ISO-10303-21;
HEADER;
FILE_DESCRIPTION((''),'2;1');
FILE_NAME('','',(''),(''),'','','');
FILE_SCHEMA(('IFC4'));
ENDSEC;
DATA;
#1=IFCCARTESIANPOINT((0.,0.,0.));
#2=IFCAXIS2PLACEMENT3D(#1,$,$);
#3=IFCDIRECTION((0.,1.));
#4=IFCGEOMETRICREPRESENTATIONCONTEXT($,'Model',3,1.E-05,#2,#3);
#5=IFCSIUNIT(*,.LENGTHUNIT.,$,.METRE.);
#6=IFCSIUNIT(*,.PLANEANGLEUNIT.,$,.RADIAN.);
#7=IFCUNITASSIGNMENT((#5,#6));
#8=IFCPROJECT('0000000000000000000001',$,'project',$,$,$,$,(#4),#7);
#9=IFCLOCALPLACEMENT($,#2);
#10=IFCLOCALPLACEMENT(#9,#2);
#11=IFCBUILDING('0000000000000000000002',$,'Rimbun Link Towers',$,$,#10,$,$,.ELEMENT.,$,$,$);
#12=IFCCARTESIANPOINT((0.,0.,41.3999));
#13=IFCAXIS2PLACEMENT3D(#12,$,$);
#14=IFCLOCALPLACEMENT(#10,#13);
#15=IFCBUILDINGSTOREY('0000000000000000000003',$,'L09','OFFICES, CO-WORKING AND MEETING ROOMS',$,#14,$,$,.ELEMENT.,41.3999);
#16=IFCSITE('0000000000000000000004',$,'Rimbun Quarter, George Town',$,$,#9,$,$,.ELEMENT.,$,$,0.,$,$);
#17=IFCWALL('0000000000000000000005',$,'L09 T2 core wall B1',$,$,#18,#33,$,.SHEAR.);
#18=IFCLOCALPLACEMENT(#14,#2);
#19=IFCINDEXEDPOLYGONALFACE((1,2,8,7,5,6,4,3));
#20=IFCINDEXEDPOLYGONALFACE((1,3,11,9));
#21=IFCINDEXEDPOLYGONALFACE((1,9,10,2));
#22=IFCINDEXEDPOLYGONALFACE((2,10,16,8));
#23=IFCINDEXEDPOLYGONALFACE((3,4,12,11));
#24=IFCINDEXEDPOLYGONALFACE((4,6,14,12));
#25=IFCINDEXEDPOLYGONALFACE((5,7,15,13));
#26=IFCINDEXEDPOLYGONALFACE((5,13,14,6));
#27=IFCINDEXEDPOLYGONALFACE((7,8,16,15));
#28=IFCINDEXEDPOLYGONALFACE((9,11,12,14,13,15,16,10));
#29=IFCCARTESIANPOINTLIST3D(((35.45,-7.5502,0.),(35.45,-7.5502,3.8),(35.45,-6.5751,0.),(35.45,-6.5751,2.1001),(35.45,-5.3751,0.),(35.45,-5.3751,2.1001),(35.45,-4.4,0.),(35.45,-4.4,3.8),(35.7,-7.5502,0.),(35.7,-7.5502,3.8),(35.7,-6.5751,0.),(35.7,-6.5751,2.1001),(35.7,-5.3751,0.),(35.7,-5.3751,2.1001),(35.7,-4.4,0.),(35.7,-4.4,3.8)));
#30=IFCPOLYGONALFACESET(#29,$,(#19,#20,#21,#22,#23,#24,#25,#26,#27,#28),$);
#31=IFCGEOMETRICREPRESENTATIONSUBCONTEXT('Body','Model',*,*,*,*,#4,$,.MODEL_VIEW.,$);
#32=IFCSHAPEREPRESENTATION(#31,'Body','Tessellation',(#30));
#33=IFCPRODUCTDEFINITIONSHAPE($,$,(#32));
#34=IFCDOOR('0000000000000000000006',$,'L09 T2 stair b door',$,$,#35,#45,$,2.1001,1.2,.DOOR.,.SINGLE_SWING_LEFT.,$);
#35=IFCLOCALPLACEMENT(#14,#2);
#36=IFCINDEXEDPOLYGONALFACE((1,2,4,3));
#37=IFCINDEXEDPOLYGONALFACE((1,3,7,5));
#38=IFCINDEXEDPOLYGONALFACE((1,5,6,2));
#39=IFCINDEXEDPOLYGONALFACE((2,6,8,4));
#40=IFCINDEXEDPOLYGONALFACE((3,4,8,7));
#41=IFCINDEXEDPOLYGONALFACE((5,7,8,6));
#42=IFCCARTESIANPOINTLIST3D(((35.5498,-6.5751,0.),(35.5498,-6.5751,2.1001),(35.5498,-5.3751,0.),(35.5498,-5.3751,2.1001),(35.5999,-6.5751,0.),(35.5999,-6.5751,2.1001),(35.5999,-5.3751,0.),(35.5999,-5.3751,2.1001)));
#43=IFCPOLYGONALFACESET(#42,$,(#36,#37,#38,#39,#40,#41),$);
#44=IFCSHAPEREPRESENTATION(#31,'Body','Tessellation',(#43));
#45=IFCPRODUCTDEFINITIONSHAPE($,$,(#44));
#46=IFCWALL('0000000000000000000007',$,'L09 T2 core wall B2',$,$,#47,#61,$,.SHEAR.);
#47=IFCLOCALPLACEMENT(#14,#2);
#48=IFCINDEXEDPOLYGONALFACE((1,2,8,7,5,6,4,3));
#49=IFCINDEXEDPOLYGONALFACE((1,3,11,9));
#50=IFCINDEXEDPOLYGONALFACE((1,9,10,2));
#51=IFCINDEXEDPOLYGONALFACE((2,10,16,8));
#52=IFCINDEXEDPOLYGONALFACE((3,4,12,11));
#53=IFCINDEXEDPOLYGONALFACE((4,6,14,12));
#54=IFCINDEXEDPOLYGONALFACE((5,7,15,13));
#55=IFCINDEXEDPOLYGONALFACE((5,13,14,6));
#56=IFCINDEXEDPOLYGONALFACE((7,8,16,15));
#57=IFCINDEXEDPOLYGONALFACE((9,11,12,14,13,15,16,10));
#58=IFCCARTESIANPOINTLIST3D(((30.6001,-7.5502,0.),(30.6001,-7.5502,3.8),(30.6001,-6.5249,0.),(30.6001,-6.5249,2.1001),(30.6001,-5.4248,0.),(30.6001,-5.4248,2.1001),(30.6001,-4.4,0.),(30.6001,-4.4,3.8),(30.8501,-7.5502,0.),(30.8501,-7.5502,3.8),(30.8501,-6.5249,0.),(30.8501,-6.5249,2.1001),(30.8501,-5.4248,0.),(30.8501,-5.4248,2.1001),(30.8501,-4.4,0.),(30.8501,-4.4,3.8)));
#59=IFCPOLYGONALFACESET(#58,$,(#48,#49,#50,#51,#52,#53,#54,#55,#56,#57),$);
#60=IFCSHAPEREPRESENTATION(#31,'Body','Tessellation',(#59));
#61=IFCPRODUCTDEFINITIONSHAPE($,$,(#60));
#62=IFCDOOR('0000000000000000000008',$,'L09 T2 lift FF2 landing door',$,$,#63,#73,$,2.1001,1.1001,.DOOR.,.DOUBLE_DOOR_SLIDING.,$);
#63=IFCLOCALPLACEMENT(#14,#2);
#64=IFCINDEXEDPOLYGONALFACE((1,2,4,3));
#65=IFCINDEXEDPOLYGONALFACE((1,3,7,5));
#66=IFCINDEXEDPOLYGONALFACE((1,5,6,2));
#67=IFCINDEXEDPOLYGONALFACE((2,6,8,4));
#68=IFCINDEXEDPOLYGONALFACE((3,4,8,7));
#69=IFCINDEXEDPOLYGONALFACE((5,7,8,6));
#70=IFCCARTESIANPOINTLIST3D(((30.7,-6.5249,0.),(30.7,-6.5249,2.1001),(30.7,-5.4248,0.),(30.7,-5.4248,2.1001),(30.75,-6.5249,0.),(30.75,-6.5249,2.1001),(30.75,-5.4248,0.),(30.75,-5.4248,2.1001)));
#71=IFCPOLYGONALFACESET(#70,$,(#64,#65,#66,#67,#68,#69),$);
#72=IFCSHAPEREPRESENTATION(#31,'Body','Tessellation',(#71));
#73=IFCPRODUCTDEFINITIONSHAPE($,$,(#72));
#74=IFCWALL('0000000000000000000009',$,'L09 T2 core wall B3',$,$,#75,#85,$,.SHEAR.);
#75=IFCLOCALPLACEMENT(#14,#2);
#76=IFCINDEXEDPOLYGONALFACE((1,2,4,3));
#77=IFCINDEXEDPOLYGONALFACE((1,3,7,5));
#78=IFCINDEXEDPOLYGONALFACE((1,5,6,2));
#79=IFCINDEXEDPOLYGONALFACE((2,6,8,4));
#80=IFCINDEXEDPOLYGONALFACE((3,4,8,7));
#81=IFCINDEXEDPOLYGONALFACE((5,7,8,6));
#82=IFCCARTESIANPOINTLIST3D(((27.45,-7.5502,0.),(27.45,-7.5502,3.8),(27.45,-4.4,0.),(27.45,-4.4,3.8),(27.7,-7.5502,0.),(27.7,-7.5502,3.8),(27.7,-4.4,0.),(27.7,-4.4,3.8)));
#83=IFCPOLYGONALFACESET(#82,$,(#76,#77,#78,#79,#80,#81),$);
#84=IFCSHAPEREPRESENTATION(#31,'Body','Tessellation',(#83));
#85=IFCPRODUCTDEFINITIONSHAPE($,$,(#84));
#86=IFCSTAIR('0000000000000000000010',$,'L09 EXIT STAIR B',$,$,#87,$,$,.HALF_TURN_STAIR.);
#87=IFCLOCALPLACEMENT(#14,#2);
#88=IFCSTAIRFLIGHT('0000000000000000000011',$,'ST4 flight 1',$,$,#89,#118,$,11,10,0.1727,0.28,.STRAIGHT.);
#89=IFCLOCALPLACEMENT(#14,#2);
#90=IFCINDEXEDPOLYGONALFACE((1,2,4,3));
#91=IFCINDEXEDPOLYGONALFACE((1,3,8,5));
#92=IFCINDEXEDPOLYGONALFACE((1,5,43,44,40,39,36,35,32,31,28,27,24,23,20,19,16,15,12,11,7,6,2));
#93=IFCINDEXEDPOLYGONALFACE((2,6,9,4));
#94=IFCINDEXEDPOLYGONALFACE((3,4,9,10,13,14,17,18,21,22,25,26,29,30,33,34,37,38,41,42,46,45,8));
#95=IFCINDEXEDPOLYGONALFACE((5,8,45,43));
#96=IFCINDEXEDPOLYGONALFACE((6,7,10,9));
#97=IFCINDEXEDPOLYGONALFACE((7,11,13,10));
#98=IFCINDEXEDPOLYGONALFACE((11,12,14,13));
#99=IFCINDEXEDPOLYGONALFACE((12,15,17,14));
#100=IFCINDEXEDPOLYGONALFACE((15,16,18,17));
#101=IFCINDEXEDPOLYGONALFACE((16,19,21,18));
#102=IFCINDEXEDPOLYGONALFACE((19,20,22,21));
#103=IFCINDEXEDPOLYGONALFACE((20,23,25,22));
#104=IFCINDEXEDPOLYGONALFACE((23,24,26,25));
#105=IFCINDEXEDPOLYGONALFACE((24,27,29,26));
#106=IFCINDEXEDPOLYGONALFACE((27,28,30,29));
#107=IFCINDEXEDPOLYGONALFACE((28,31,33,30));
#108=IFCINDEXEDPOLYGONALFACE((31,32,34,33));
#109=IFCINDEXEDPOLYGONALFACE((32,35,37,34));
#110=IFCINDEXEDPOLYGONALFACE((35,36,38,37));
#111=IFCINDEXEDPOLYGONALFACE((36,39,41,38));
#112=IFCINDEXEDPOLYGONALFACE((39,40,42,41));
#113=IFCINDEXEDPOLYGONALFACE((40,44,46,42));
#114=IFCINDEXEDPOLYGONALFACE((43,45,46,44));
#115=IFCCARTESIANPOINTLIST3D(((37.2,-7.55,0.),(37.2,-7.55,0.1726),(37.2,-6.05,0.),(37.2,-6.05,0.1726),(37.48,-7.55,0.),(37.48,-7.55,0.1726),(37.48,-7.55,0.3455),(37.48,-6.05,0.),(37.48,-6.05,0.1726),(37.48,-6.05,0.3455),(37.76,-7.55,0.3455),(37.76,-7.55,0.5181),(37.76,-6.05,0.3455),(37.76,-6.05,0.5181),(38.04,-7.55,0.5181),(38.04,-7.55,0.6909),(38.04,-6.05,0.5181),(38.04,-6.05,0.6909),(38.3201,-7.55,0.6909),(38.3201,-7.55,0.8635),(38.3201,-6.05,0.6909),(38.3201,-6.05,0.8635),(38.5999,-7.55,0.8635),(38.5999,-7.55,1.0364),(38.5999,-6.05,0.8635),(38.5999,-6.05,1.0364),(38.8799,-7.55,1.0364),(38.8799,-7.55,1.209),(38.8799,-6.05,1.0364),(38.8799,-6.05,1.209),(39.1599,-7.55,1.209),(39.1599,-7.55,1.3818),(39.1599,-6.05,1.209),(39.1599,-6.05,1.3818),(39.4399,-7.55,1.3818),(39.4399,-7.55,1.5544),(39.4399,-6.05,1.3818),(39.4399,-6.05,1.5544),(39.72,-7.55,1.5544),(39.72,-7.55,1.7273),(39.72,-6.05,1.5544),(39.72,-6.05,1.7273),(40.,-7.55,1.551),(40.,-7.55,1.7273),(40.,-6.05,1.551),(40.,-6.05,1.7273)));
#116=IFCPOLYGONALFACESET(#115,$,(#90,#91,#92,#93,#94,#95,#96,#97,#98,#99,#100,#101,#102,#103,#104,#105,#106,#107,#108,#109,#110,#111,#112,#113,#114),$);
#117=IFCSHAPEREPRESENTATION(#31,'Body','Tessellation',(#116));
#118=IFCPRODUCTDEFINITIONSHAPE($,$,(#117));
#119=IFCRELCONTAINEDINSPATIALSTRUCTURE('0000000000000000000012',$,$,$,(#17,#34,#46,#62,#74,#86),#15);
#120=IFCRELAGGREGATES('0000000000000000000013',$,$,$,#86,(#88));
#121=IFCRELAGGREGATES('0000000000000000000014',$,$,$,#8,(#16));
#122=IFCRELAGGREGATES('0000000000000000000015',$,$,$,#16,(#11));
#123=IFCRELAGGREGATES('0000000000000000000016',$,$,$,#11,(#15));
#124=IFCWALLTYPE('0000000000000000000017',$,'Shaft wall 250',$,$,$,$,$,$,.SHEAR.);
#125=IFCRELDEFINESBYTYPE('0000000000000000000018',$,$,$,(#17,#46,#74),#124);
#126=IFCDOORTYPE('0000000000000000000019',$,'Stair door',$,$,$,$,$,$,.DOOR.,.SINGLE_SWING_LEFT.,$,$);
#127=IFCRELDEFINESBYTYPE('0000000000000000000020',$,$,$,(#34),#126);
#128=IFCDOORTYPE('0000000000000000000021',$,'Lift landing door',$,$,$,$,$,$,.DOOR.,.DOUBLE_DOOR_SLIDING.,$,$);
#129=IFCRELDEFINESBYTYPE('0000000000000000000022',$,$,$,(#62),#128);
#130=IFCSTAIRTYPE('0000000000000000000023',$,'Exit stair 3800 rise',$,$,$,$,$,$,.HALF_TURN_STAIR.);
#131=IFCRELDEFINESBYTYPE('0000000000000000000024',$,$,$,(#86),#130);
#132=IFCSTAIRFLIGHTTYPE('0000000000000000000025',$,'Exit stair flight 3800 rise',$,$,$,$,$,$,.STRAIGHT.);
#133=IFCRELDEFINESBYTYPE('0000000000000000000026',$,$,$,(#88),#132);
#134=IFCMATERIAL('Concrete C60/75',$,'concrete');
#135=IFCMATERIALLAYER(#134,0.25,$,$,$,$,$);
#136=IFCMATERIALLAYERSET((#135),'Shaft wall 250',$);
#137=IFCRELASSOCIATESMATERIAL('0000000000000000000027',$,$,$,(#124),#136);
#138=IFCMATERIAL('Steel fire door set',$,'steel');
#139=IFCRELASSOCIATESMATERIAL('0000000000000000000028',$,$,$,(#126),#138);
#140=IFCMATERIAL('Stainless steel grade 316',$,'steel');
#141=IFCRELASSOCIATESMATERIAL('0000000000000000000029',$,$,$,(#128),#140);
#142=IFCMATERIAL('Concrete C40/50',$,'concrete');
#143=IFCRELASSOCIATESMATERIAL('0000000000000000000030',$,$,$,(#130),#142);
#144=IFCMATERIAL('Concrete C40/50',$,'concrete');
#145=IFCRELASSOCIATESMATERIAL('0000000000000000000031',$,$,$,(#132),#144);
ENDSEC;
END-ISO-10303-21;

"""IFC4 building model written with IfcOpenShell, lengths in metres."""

from ifc_helpers import new_model, si_unit, direction, frame, frame_2d, origin, place, context, subcontext, project, spatial, polyline, rectangle, outline, extrude, material, layer, layer_set, type_object, element, fill, aggregate, save


model = new_model("IFC4")

# Units and contexts
model_context = context("Model", 3, precision=1e-05, world=origin(), true_north=direction((0.0, 1.0)))
body_context = subcontext(model_context, "Body", "Model", "MODEL_VIEW")
ifc_project = project(units=[si_unit("LENGTHUNIT", "METRE"), si_unit("PLANEANGLEUNIT", "RADIAN")], contexts=[model_context])

# Site, building, storey
site_placement = place(None, origin())
site = spatial("IfcSite", under=ifc_project, at=site_placement, Name="Rimbun Quarter, George Town", CompositionType="ELEMENT", RefElevation=0.0)
building_placement = place(site_placement, origin())
building = spatial("IfcBuilding", under=site, at=building_placement, Name="Rimbun Link Towers", CompositionType="ELEMENT")
storey_placement = place(building_placement, frame((0.0, 0.0, 41.3999)))
storey = spatial("IfcBuildingStorey", under=building, at=storey_placement, Name="L09", Description="OFFICES, CO-WORKING AND MEETING ROOMS", CompositionType="ELEMENT", Elevation=41.3999)

# Shared definitions
ifc_material_1 = material(Name="Concrete C60/75", Category="concrete")
ifc_layer = layer(ifc_material_1, 0.25)
ifc_layer_set = layer_set([ifc_layer], Name="Shaft wall 250")
wall_type = type_object("IfcWallType", Name="Shaft wall 250", PredefinedType="SHEAR", material=ifc_layer_set)

# Walls, openings, doors
wall_1_placement = place(storey_placement, frame((35.575, -4.3999, 0.0), z_axis=(0.0, 0.0, 1.0), x_axis=(0.0, -1.0, 0.0)))
wall_1 = element("IfcWall", 1, at=wall_1_placement, inside=storey, type_object=wall_type, Name="L09 T2 core wall B1", PredefinedType="SHEAR", context=body_context, shape_type="SweptSolid", body=[
    extrude(rectangle(XDim=3.1501, YDim=0.25, at=frame_2d((1.5752, 0.0))), origin(), (0.0, 0.0, 1.0), 3.8),
])
opening_1_placement = place(wall_1_placement, frame((0.9751, 0.0, 0.0)))
opening_1 = element("IfcOpeningElement", 2, at=opening_1_placement, cuts=wall_1, PredefinedType="OPENING", context=body_context, shape_type="SweptSolid", body=[
    extrude(rectangle(XDim=1.2, YDim=2.1001, at=frame_2d((0.6001, 1.05))), frame((0.0, 0.135, 0.0), z_axis=(0.0, -1.0, 0.0), x_axis=(1.0, 0.0, 0.0)), (0.0, 0.0, 1.0), 0.27),
])
ifc_material_2 = material(Name="Steel fire door set", Category="steel")
door_type_1 = type_object("IfcDoorType", Name="Stair door", OperationType="SINGLE_SWING_LEFT", PredefinedType="DOOR", material=ifc_material_2)
door_1_placement = place(opening_1_placement, origin())
door_1 = element("IfcDoor", 3, at=door_1_placement, inside=storey, type_object=door_type_1, Name="L09 T2 stair b door", OperationType="SINGLE_SWING_LEFT", OverallHeight=2.1001, OverallWidth=1.2, PredefinedType="DOOR", context=body_context, shape_type="SweptSolid", body=[
    extrude(rectangle(XDim=1.2, YDim=2.1001, at=frame_2d((0.6001, 1.05))), frame((0.0, 0.0249, 0.0), z_axis=(0.0, -1.0, 0.0), x_axis=(1.0, 0.0, 0.0)), (0.0, 0.0, 1.0), 0.05),
])
fill(opening_1, door_1)
wall_2_placement = place(storey_placement, frame((30.7251, -4.3999, 0.0), z_axis=(0.0, 0.0, 1.0), x_axis=(0.0, -1.0, 0.0)))
wall_2 = element("IfcWall", 4, at=wall_2_placement, inside=storey, type_object=wall_type, Name="L09 T2 core wall B2", PredefinedType="SHEAR", context=body_context, shape_type="SweptSolid", body=[
    extrude(rectangle(XDim=3.1501, YDim=0.25, at=frame_2d((1.5752, 0.0))), origin(), (0.0, 0.0, 1.0), 3.8),
])
opening_2_placement = place(wall_2_placement, frame((1.0249, 0.0, 0.0)))
opening_2 = element("IfcOpeningElement", 5, at=opening_2_placement, cuts=wall_2, PredefinedType="OPENING", context=body_context, shape_type="SweptSolid", body=[
    extrude(rectangle(XDim=1.1001, YDim=2.1001, at=frame_2d((0.55, 1.05))), frame((0.0, 0.135, 0.0), z_axis=(0.0, -1.0, 0.0), x_axis=(1.0, 0.0, 0.0)), (0.0, 0.0, 1.0), 0.27),
])
ifc_material_3 = material(Name="Stainless steel grade 316", Category="steel")
door_type_2 = type_object("IfcDoorType", Name="Lift landing door", OperationType="DOUBLE_DOOR_SLIDING", PredefinedType="DOOR", material=ifc_material_3)
door_2_placement = place(opening_2_placement, origin())
door_2 = element("IfcDoor", 6, at=door_2_placement, inside=storey, type_object=door_type_2, Name="L09 T2 lift FF2 landing door", OperationType="DOUBLE_DOOR_SLIDING", OverallHeight=2.1001, OverallWidth=1.1001, PredefinedType="DOOR", context=body_context, shape_type="SweptSolid", body=[
    extrude(rectangle(XDim=1.1001, YDim=2.1001, at=frame_2d((0.55, 1.05))), frame((0.0, 0.0249, 0.0), z_axis=(0.0, -1.0, 0.0), x_axis=(1.0, 0.0, 0.0)), (0.0, 0.0, 1.0), 0.05),
])
fill(opening_2, door_2)

# Wall
wall_3_placement = place(storey_placement, frame((27.575, -4.3999, 0.0), z_axis=(0.0, 0.0, 1.0), x_axis=(0.0, -1.0, 0.0)))
element("IfcWall", 7, at=wall_3_placement, inside=storey, type_object=wall_type, Name="L09 T2 core wall B3", PredefinedType="SHEAR", context=body_context, shape_type="SweptSolid", body=[
    extrude(rectangle(XDim=3.1501, YDim=0.25, at=frame_2d((1.5752, 0.0))), origin(), (0.0, 0.0, 1.0), 3.8),
])

# Stair, stair flight
ifc_material_4 = material(Name="Concrete C40/50", Category="concrete")
stair_type = type_object("IfcStairType", Name="Exit stair 3800 rise", PredefinedType="HALF_TURN_STAIR", material=ifc_material_4)
stair_placement = place(storey_placement, origin())
stair = element("IfcStair", 8, at=stair_placement, inside=storey, type_object=stair_type, Name="L09 EXIT STAIR B", PredefinedType="HALF_TURN_STAIR")
ifc_material_5 = material(Name="Concrete C40/50", Category="concrete")
stair_flight_type = type_object("IfcStairFlightType", Name="Exit stair flight 3800 rise", PredefinedType="STRAIGHT", material=ifc_material_5)
stair_flight_placement = place(storey_placement, frame((37.2, -6.8, 0.0), z_axis=(0.0, 0.0, 1.0), x_axis=(1.0, 0.0, 0.0)))
stair_flight = element("IfcStairFlight", 9, at=stair_flight_placement, type_object=stair_flight_type, Name="ST4 flight 1", NumberOfRisers=11, NumberOfTreads=10, PredefinedType="STRAIGHT", RiserHeight=0.1727, TreadLength=0.28, context=body_context, shape_type="SweptSolid", body=[
    extrude(outline(polyline([(0.0, 0.0), (0.0, 0.1726), (0.28, 0.1726), (0.28, 0.3455), (0.5601, 0.3455), (0.5601, 0.5181), (0.8401, 0.5181), (0.8401, 0.6909), (1.1201, 0.6909), (1.1201, 0.8635), (1.3999, 0.8635), (1.3999, 1.0364), (1.6799, 1.0364), (1.6799, 1.209), (1.96, 1.209), (1.96, 1.3818), (2.24, 1.3818), (2.24, 1.5544), (2.52, 1.5544), (2.52, 1.7273), (2.8, 1.7273), (2.8, 1.8999), (2.8, 1.551), (0.28, 0.0), (0.0, 0.0)])), frame((0.0, 0.75, 0.0), z_axis=(0.0, -1.0, 0.0), x_axis=(1.0, 0.0, 0.0)), (0.0, 0.0, 1.0), 1.5),
])
aggregate(stair, [stair_flight])

save(model, "model.ifc")
